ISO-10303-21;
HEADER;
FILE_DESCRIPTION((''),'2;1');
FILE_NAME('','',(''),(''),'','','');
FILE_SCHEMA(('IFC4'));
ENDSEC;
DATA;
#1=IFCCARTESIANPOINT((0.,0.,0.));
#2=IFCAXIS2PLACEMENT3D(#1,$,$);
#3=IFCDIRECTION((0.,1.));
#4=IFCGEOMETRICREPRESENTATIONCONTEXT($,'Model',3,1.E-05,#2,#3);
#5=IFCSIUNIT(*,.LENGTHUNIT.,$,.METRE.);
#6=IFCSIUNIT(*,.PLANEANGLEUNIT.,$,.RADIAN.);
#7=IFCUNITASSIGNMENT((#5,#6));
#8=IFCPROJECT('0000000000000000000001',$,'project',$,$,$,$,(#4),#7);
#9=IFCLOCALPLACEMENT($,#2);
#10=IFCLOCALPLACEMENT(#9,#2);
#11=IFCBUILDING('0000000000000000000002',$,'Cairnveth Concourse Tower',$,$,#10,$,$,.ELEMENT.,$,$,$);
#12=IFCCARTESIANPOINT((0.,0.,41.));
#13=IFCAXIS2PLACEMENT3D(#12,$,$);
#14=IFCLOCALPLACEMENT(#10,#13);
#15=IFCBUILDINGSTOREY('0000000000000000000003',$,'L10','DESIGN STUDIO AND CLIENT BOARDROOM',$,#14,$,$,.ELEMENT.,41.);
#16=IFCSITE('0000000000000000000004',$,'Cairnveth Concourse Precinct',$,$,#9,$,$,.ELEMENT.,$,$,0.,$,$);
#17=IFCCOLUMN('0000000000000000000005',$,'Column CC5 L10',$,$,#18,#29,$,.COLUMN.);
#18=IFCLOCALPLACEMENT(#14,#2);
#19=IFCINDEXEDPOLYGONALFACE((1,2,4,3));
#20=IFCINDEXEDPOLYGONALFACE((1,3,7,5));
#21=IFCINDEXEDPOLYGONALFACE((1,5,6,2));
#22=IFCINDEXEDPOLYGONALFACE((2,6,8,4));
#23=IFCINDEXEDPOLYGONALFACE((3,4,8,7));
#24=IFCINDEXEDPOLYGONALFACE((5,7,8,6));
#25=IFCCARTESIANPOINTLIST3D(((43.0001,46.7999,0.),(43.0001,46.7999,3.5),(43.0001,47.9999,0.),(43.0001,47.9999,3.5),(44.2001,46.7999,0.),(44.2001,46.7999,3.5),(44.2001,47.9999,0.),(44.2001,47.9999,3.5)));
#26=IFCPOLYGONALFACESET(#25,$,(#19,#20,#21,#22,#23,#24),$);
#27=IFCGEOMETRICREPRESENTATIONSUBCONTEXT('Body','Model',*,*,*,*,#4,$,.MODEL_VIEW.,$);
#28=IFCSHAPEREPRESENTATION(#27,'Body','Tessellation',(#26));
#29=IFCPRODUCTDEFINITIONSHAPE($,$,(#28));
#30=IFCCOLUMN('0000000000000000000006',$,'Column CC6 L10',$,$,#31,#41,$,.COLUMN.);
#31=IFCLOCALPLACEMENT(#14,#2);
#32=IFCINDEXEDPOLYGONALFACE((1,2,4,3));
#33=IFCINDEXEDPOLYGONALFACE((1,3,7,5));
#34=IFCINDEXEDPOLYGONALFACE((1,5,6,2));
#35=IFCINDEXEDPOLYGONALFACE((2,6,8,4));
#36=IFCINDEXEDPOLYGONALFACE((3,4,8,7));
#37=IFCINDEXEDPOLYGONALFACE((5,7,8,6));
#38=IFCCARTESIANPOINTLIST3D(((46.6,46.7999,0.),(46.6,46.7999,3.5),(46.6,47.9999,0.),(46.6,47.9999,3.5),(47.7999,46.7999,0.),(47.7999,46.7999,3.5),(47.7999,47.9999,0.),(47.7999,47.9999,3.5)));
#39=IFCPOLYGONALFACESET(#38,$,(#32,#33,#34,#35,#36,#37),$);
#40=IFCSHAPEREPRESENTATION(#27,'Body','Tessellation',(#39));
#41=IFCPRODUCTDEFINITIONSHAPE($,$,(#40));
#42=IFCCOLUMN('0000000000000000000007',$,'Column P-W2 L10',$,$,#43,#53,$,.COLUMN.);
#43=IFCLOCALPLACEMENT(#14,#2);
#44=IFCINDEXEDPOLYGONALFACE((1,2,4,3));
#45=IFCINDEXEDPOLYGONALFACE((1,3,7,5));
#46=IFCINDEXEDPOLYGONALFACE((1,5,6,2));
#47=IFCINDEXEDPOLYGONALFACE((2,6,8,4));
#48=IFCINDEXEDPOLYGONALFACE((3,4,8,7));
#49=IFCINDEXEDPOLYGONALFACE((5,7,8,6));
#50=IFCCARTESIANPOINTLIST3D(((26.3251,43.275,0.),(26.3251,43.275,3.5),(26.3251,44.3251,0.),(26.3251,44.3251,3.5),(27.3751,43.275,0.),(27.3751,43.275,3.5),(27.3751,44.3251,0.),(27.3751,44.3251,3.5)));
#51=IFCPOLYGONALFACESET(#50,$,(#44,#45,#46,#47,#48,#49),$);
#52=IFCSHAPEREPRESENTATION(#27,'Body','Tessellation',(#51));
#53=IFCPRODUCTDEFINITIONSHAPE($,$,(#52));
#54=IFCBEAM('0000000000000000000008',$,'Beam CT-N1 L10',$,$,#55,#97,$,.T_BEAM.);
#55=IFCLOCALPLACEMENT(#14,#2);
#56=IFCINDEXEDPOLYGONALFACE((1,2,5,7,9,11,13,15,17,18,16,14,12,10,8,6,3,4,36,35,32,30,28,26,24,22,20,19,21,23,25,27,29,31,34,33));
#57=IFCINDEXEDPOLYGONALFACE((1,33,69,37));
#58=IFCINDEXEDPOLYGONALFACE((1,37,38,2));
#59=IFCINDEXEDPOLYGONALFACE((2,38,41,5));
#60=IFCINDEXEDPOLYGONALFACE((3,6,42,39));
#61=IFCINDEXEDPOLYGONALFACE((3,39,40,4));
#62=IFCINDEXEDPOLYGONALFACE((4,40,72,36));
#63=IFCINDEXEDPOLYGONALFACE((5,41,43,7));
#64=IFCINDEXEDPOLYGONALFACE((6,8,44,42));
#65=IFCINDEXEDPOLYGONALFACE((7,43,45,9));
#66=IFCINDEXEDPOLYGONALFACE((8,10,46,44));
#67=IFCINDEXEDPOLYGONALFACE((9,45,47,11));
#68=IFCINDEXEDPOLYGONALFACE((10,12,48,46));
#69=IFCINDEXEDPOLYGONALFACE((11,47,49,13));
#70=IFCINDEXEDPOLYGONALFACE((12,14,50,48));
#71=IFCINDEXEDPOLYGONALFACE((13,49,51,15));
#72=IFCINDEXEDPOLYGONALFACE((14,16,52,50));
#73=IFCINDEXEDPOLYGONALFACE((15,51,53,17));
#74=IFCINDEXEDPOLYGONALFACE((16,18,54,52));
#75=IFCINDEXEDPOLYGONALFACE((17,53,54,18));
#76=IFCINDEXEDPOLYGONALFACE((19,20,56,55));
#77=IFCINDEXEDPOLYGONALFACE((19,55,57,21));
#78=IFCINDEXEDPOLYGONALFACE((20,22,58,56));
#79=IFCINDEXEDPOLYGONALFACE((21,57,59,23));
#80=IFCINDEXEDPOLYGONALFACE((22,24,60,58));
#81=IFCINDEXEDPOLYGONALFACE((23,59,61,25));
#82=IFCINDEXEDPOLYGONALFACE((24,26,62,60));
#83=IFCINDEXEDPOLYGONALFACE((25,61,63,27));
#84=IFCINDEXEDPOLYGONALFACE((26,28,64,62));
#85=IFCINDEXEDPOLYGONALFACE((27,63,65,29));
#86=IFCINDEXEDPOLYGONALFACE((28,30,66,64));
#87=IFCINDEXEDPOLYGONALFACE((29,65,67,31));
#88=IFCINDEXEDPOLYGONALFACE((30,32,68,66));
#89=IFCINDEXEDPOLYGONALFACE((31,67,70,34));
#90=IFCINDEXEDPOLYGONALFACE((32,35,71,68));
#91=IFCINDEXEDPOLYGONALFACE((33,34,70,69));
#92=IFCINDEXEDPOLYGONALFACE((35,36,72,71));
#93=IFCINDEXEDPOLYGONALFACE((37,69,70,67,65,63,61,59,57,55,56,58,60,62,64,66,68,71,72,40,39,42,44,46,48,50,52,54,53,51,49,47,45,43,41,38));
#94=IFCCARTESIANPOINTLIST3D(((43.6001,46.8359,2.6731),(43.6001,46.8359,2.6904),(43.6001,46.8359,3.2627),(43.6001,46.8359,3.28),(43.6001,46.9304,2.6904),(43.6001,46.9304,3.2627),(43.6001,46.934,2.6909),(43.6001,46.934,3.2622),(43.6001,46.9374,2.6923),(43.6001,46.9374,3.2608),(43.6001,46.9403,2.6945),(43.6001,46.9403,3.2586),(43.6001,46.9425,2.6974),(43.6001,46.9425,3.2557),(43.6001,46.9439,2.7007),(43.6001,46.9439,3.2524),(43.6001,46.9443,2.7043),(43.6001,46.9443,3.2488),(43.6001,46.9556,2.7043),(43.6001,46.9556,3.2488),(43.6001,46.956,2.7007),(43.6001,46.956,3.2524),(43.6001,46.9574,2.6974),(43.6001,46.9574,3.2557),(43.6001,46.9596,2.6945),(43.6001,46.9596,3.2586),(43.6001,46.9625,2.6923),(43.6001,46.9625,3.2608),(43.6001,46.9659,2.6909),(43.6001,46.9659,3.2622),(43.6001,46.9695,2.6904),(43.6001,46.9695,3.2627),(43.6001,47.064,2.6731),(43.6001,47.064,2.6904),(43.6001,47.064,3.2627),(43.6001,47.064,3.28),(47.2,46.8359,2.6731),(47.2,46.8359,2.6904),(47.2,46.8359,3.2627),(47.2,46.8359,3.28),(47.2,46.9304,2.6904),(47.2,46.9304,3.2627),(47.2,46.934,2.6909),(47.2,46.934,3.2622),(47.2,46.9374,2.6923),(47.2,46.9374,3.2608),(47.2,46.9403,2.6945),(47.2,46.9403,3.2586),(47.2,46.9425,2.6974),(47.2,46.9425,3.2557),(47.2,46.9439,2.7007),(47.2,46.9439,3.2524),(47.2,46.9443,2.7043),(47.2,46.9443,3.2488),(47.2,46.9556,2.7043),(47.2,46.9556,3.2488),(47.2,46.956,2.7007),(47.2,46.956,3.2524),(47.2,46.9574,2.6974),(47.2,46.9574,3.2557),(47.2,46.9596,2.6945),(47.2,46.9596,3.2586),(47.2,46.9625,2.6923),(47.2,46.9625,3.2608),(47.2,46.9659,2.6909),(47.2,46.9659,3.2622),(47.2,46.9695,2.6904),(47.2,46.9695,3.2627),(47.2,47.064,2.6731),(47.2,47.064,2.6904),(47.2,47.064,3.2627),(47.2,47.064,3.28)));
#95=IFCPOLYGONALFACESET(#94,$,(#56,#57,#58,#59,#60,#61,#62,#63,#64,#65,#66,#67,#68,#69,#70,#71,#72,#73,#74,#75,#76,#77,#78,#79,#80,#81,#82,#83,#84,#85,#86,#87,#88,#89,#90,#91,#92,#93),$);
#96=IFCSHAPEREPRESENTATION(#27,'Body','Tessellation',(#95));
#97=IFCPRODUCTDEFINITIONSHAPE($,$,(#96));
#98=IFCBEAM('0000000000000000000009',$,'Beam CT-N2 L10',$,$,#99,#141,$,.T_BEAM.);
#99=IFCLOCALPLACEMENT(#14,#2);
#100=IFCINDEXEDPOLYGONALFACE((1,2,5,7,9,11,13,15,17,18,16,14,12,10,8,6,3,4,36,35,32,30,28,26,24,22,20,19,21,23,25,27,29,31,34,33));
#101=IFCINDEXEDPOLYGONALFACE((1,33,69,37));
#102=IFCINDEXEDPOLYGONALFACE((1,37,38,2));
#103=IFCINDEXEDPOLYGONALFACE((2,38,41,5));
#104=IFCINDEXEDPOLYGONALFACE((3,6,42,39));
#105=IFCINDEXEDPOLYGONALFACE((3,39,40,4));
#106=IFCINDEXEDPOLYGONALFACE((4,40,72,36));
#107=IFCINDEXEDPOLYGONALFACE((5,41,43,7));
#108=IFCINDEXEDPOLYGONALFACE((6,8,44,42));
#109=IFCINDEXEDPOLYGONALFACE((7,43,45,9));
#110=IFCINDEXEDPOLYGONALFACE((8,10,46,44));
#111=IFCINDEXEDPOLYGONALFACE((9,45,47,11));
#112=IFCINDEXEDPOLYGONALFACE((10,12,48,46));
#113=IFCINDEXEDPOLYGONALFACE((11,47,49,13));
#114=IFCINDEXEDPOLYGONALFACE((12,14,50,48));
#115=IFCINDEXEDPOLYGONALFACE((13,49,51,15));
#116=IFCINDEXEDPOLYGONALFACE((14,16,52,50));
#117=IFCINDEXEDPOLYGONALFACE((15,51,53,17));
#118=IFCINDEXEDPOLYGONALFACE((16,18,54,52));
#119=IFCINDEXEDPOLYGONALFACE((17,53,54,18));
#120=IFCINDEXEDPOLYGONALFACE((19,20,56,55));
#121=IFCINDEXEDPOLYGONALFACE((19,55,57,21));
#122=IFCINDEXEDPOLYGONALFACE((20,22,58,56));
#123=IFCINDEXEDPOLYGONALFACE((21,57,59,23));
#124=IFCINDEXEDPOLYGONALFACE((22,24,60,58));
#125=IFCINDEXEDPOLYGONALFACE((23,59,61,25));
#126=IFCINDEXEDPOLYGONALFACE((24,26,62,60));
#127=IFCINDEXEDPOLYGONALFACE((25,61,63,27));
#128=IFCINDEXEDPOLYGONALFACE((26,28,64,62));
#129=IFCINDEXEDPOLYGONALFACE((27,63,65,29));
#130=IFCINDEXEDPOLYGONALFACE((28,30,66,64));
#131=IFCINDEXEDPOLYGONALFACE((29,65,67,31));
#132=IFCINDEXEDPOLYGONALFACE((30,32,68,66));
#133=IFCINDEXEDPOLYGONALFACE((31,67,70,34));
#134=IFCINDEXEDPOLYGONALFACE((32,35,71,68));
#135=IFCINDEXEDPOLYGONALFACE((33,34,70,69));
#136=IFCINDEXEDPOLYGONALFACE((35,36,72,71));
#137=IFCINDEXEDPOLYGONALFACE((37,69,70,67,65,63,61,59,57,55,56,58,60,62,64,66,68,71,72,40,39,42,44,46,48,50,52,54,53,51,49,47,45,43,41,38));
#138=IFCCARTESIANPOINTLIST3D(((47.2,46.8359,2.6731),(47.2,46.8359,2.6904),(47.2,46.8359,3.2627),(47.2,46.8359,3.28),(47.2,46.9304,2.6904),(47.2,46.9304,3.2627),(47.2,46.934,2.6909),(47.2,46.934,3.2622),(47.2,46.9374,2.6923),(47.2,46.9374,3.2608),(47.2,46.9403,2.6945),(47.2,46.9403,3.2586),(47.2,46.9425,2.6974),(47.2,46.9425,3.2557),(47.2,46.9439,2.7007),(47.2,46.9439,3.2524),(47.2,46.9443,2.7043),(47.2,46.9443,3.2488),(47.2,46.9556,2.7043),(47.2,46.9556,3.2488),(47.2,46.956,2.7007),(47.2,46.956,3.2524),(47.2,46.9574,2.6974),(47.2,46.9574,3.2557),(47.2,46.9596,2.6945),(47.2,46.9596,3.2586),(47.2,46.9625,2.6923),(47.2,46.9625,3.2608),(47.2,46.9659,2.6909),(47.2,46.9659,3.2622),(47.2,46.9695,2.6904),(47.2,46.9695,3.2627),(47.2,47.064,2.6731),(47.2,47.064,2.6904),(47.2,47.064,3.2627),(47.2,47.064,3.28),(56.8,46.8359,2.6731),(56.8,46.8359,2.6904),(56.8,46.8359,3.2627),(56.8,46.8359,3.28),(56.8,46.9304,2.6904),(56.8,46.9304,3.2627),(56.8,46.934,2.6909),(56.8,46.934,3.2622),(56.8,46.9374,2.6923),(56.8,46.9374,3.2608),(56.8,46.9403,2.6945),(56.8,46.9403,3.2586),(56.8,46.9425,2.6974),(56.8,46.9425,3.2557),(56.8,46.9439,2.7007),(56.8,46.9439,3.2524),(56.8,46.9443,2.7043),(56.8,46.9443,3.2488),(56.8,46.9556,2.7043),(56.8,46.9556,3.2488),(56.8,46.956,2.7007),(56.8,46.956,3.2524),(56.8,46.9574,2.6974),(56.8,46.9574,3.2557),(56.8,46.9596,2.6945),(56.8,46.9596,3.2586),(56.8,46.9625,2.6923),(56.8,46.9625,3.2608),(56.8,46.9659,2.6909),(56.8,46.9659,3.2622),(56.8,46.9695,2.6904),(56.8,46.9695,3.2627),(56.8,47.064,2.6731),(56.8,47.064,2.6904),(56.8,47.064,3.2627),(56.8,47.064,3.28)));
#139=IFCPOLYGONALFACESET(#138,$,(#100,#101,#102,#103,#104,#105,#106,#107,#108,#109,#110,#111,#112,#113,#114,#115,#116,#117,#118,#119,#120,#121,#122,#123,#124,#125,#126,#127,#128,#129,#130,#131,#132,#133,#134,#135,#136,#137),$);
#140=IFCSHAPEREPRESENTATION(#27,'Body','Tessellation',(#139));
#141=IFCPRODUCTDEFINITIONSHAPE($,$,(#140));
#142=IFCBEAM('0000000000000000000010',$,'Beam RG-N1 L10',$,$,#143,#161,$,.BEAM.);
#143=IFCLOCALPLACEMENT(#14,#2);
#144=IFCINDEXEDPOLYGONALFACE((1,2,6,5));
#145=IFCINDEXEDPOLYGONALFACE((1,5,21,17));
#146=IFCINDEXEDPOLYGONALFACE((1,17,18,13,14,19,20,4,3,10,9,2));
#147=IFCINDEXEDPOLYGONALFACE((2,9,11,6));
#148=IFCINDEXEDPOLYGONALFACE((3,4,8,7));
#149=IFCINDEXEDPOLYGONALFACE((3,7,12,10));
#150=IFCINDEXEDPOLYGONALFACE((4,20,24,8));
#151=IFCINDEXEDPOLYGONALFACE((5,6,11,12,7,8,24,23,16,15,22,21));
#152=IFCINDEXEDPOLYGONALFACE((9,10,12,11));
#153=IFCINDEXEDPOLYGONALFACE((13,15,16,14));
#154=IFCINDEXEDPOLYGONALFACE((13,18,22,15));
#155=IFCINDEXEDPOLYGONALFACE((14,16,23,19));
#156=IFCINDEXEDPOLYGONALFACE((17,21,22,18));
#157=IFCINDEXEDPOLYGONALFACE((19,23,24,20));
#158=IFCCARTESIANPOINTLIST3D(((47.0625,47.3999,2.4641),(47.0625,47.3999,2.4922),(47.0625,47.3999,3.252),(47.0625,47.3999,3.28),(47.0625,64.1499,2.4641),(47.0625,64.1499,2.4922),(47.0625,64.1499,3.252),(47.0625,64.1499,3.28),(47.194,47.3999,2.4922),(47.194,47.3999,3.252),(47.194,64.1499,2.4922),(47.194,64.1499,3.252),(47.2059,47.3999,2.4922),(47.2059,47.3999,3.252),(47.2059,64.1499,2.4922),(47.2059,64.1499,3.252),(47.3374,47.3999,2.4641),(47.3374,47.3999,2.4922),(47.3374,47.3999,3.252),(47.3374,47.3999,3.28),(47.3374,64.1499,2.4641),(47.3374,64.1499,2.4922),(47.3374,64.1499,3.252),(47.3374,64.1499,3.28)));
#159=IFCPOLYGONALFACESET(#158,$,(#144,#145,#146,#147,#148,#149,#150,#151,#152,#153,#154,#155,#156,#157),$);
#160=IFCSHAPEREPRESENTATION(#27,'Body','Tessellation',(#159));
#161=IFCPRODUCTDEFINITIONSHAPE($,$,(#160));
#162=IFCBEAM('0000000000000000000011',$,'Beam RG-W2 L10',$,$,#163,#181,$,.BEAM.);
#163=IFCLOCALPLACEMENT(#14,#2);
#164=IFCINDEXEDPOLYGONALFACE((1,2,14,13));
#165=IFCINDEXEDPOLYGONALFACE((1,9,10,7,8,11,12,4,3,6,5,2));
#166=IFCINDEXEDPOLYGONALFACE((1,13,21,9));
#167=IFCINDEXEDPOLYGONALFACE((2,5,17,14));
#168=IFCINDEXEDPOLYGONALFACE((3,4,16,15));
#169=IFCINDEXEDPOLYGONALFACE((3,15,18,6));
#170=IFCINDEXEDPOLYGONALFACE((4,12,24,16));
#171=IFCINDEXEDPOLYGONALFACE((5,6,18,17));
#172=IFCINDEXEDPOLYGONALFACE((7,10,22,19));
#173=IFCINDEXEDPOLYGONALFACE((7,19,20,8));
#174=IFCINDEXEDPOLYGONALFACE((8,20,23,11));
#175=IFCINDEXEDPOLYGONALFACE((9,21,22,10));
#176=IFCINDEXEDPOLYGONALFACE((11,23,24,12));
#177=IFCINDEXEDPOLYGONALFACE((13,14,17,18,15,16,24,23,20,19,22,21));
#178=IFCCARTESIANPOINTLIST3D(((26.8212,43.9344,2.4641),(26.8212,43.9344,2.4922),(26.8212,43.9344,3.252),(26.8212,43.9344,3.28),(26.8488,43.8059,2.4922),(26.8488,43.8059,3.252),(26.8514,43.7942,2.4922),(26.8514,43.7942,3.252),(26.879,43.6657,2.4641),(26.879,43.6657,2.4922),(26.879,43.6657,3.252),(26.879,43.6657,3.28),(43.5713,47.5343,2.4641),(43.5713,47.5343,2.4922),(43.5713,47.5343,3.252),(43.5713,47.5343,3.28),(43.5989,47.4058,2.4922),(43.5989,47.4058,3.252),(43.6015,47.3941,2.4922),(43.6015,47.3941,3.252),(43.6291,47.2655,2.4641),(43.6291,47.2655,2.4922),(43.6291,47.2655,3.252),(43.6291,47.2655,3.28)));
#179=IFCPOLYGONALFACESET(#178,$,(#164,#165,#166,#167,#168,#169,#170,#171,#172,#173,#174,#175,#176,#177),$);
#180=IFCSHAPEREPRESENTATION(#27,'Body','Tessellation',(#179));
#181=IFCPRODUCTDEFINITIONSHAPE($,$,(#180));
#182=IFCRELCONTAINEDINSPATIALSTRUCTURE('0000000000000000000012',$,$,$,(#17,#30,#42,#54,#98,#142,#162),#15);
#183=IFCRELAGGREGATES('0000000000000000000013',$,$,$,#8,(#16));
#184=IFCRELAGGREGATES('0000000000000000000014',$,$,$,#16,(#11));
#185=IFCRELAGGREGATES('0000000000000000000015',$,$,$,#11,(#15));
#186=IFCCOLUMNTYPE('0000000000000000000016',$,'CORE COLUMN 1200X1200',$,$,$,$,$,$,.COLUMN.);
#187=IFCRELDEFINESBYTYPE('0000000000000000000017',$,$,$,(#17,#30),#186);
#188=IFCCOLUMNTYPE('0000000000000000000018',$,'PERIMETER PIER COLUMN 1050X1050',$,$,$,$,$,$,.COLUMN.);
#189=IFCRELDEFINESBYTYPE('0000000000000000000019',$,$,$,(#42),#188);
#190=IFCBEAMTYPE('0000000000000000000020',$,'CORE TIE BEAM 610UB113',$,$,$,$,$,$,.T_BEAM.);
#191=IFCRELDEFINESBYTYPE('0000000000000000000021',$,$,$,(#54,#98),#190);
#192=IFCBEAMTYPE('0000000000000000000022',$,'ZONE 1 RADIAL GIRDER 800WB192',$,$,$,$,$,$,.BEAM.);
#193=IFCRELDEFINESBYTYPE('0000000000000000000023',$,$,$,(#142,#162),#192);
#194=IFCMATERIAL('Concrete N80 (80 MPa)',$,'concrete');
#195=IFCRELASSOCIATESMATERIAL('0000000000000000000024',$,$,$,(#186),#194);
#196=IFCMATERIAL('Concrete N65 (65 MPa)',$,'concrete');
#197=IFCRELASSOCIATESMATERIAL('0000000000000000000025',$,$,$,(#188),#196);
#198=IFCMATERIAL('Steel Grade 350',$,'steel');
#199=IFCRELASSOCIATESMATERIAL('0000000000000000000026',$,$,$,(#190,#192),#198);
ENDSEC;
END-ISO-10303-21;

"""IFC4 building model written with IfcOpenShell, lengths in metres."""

from ifc_helpers import new_model, si_unit, direction, frame, origin, origin_2d, place, context, subcontext, project, spatial, rectangle, i_section, extrude, material, material_profile, profile_set, type_object, element, save


model = new_model("IFC4")

# Units and contexts
model_context = context("Model", 3, precision=1e-05, world=origin(), true_north=direction((0.0, 1.0)))
body_context = subcontext(model_context, "Body", "Model", "MODEL_VIEW")
ifc_project = project(units=[si_unit("LENGTHUNIT", "METRE"), si_unit("PLANEANGLEUNIT", "RADIAN")], contexts=[model_context])

# Site, building, storey
site_placement = place(None, origin())
site = spatial("IfcSite", under=ifc_project, at=site_placement, Name="Cairnveth Concourse Precinct", CompositionType="ELEMENT", RefElevation=0.0)
building_placement = place(site_placement, origin())
building = spatial("IfcBuilding", under=site, at=building_placement, Name="Cairnveth Concourse Tower", CompositionType="ELEMENT")
storey_placement = place(building_placement, frame((0.0, 0.0, 41.0)))
storey = spatial("IfcBuildingStorey", under=building, at=storey_placement, Name="L10", Description="DESIGN STUDIO AND CLIENT BOARDROOM", CompositionType="ELEMENT", Elevation=41.0)

# Columns
ifc_material_1 = material(Name="Concrete N80 (80 MPa)", Category="concrete")
ifc_material_profile_1 = material_profile(ifc_material_1, rectangle(XDim=1.2, YDim=1.2, at=origin_2d()), Name="RC-COL-1200x1200")
ifc_profile_set_1 = profile_set([ifc_material_profile_1], Name="Concrete N80 (80 MPa)")
column_type_1 = type_object("IfcColumnType", Name="CORE COLUMN 1200X1200", PredefinedType="COLUMN", material=ifc_profile_set_1)
for number, where, z_axis, x_axis, name in (
    (1, (43.6001, 47.3999, 0.0), (0.0, 0.0, 1.0), (1.0, 0.0, 0.0), "Column CC5 L10"),
    (2, (47.2, 47.3999, 0.0), (0.0, 0.0, 1.0), (1.0, 0.0, 0.0), "Column CC6 L10"),
):
    element("IfcColumn", number, at=place(storey_placement, frame(where, z_axis=z_axis, x_axis=x_axis)), inside=storey, type_object=column_type_1, Name=name, PredefinedType="COLUMN", context=body_context, shape_type="SweptSolid", body=[
        extrude(rectangle(XDim=1.2, YDim=1.2, at=origin_2d()), origin(), (0.0, 0.0, 1.0), 3.5),
    ])
ifc_material_2 = material(Name="Concrete N65 (65 MPa)", Category="concrete")
ifc_material_profile_2 = material_profile(ifc_material_2, rectangle(XDim=1.05, YDim=1.05, at=origin_2d()), Name="RC-COL-1050x1050")
ifc_profile_set_2 = profile_set([ifc_material_profile_2], Name="Concrete N65 (65 MPa)")
column_type_2 = type_object("IfcColumnType", Name="PERIMETER PIER COLUMN 1050X1050", PredefinedType="COLUMN", material=ifc_profile_set_2)
column_placement = place(storey_placement, frame((26.8501, 43.8, 0.0), z_axis=(0.0, 0.0, 1.0), x_axis=(0.0, 1.0, 0.0)))
element("IfcColumn", 3, at=column_placement, inside=storey, type_object=column_type_2, Name="Column P-W2 L10", PredefinedType="COLUMN", context=body_context, shape_type="SweptSolid", body=[
    extrude(rectangle(XDim=1.05, YDim=1.05, at=origin_2d()), origin(), (0.0, 0.0, 1.0), 3.5),
])

# Beams
ifc_material_3 = material(Name="Steel Grade 350", Category="steel")
ifc_material_profile_3 = material_profile(ifc_material_3, i_section(OverallWidth=0.228, OverallDepth=0.6069, WebThickness=0.0112, FlangeThickness=0.0173, FilletRadius=0.0139, at=origin_2d()), Name="610UB113")
ifc_profile_set_3 = profile_set([ifc_material_profile_3], Name="Steel Grade 350")
beam_type_1 = type_object("IfcBeamType", Name="CORE TIE BEAM 610UB113", PredefinedType="T_BEAM", material=ifc_profile_set_3)
beam_1_placement = place(storey_placement, frame((43.6001, 46.95, 2.9766), z_axis=(1.0, 0.0, 0.0), x_axis=(0.0, 1.0, 0.0)))
element("IfcBeam", 4, at=beam_1_placement, inside=storey, type_object=beam_type_1, Name="Beam CT-N1 L10", PredefinedType="T_BEAM", context=body_context, shape_type="SweptSolid", body=[
    extrude(i_section(OverallWidth=0.228, OverallDepth=0.6069, WebThickness=0.0112, FlangeThickness=0.0173, FilletRadius=0.0139, at=origin_2d()), origin(), (0.0, 0.0, 1.0), 3.5999),
])
beam_2_placement = place(storey_placement, frame((47.2, 46.95, 2.9766), z_axis=(1.0, 0.0, 0.0), x_axis=(0.0, 1.0, 0.0)))
element("IfcBeam", 5, at=beam_2_placement, inside=storey, type_object=beam_type_1, Name="Beam CT-N2 L10", PredefinedType="T_BEAM", context=body_context, shape_type="SweptSolid", body=[
    extrude(i_section(OverallWidth=0.228, OverallDepth=0.6069, WebThickness=0.0112, FlangeThickness=0.0173, FilletRadius=0.0139, at=origin_2d()), origin(), (0.0, 0.0, 1.0), 9.6001),
])
ifc_material_profile_4 = material_profile(ifc_material_3, i_section(OverallWidth=0.2749, OverallDepth=0.8159, WebThickness=0.012, FlangeThickness=0.0281, at=origin_2d()), Name="800WB192")
ifc_profile_set_4 = profile_set([ifc_material_profile_4], Name="Steel Grade 350")
beam_type_2 = type_object("IfcBeamType", Name="ZONE 1 RADIAL GIRDER 800WB192", PredefinedType="BEAM", material=ifc_profile_set_4)
beam_3_placement = place(storey_placement, frame((47.2, 47.3999, 2.8721), z_axis=(0.0, 1.0, 0.0), x_axis=(-1.0, 0.0, 0.0)))
element("IfcBeam", 6, at=beam_3_placement, inside=storey, type_object=beam_type_2, Name="Beam RG-N1 L10", PredefinedType="BEAM", context=body_context, shape_type="SweptSolid", body=[
    extrude(i_section(OverallWidth=0.2749, OverallDepth=0.8159, WebThickness=0.012, FlangeThickness=0.0281, at=origin_2d()), origin(), (0.0, 0.0, 1.0), 16.75),
])
beam_4_placement = place(storey_placement, frame((26.8501, 43.8, 2.8721), z_axis=(0.977676, 0.210119, 0.0), x_axis=(-0.210119, 0.977676, 0.0)))
element("IfcBeam", 7, at=beam_4_placement, inside=storey, type_object=beam_type_2, Name="Beam RG-W2 L10", PredefinedType="BEAM", context=body_context, shape_type="SweptSolid", body=[
    extrude(i_section(OverallWidth=0.2749, OverallDepth=0.8159, WebThickness=0.012, FlangeThickness=0.0281, at=origin_2d()), origin(), (0.0, 0.0, 1.0), 17.1326),
])

save(model, "model.ifc")
